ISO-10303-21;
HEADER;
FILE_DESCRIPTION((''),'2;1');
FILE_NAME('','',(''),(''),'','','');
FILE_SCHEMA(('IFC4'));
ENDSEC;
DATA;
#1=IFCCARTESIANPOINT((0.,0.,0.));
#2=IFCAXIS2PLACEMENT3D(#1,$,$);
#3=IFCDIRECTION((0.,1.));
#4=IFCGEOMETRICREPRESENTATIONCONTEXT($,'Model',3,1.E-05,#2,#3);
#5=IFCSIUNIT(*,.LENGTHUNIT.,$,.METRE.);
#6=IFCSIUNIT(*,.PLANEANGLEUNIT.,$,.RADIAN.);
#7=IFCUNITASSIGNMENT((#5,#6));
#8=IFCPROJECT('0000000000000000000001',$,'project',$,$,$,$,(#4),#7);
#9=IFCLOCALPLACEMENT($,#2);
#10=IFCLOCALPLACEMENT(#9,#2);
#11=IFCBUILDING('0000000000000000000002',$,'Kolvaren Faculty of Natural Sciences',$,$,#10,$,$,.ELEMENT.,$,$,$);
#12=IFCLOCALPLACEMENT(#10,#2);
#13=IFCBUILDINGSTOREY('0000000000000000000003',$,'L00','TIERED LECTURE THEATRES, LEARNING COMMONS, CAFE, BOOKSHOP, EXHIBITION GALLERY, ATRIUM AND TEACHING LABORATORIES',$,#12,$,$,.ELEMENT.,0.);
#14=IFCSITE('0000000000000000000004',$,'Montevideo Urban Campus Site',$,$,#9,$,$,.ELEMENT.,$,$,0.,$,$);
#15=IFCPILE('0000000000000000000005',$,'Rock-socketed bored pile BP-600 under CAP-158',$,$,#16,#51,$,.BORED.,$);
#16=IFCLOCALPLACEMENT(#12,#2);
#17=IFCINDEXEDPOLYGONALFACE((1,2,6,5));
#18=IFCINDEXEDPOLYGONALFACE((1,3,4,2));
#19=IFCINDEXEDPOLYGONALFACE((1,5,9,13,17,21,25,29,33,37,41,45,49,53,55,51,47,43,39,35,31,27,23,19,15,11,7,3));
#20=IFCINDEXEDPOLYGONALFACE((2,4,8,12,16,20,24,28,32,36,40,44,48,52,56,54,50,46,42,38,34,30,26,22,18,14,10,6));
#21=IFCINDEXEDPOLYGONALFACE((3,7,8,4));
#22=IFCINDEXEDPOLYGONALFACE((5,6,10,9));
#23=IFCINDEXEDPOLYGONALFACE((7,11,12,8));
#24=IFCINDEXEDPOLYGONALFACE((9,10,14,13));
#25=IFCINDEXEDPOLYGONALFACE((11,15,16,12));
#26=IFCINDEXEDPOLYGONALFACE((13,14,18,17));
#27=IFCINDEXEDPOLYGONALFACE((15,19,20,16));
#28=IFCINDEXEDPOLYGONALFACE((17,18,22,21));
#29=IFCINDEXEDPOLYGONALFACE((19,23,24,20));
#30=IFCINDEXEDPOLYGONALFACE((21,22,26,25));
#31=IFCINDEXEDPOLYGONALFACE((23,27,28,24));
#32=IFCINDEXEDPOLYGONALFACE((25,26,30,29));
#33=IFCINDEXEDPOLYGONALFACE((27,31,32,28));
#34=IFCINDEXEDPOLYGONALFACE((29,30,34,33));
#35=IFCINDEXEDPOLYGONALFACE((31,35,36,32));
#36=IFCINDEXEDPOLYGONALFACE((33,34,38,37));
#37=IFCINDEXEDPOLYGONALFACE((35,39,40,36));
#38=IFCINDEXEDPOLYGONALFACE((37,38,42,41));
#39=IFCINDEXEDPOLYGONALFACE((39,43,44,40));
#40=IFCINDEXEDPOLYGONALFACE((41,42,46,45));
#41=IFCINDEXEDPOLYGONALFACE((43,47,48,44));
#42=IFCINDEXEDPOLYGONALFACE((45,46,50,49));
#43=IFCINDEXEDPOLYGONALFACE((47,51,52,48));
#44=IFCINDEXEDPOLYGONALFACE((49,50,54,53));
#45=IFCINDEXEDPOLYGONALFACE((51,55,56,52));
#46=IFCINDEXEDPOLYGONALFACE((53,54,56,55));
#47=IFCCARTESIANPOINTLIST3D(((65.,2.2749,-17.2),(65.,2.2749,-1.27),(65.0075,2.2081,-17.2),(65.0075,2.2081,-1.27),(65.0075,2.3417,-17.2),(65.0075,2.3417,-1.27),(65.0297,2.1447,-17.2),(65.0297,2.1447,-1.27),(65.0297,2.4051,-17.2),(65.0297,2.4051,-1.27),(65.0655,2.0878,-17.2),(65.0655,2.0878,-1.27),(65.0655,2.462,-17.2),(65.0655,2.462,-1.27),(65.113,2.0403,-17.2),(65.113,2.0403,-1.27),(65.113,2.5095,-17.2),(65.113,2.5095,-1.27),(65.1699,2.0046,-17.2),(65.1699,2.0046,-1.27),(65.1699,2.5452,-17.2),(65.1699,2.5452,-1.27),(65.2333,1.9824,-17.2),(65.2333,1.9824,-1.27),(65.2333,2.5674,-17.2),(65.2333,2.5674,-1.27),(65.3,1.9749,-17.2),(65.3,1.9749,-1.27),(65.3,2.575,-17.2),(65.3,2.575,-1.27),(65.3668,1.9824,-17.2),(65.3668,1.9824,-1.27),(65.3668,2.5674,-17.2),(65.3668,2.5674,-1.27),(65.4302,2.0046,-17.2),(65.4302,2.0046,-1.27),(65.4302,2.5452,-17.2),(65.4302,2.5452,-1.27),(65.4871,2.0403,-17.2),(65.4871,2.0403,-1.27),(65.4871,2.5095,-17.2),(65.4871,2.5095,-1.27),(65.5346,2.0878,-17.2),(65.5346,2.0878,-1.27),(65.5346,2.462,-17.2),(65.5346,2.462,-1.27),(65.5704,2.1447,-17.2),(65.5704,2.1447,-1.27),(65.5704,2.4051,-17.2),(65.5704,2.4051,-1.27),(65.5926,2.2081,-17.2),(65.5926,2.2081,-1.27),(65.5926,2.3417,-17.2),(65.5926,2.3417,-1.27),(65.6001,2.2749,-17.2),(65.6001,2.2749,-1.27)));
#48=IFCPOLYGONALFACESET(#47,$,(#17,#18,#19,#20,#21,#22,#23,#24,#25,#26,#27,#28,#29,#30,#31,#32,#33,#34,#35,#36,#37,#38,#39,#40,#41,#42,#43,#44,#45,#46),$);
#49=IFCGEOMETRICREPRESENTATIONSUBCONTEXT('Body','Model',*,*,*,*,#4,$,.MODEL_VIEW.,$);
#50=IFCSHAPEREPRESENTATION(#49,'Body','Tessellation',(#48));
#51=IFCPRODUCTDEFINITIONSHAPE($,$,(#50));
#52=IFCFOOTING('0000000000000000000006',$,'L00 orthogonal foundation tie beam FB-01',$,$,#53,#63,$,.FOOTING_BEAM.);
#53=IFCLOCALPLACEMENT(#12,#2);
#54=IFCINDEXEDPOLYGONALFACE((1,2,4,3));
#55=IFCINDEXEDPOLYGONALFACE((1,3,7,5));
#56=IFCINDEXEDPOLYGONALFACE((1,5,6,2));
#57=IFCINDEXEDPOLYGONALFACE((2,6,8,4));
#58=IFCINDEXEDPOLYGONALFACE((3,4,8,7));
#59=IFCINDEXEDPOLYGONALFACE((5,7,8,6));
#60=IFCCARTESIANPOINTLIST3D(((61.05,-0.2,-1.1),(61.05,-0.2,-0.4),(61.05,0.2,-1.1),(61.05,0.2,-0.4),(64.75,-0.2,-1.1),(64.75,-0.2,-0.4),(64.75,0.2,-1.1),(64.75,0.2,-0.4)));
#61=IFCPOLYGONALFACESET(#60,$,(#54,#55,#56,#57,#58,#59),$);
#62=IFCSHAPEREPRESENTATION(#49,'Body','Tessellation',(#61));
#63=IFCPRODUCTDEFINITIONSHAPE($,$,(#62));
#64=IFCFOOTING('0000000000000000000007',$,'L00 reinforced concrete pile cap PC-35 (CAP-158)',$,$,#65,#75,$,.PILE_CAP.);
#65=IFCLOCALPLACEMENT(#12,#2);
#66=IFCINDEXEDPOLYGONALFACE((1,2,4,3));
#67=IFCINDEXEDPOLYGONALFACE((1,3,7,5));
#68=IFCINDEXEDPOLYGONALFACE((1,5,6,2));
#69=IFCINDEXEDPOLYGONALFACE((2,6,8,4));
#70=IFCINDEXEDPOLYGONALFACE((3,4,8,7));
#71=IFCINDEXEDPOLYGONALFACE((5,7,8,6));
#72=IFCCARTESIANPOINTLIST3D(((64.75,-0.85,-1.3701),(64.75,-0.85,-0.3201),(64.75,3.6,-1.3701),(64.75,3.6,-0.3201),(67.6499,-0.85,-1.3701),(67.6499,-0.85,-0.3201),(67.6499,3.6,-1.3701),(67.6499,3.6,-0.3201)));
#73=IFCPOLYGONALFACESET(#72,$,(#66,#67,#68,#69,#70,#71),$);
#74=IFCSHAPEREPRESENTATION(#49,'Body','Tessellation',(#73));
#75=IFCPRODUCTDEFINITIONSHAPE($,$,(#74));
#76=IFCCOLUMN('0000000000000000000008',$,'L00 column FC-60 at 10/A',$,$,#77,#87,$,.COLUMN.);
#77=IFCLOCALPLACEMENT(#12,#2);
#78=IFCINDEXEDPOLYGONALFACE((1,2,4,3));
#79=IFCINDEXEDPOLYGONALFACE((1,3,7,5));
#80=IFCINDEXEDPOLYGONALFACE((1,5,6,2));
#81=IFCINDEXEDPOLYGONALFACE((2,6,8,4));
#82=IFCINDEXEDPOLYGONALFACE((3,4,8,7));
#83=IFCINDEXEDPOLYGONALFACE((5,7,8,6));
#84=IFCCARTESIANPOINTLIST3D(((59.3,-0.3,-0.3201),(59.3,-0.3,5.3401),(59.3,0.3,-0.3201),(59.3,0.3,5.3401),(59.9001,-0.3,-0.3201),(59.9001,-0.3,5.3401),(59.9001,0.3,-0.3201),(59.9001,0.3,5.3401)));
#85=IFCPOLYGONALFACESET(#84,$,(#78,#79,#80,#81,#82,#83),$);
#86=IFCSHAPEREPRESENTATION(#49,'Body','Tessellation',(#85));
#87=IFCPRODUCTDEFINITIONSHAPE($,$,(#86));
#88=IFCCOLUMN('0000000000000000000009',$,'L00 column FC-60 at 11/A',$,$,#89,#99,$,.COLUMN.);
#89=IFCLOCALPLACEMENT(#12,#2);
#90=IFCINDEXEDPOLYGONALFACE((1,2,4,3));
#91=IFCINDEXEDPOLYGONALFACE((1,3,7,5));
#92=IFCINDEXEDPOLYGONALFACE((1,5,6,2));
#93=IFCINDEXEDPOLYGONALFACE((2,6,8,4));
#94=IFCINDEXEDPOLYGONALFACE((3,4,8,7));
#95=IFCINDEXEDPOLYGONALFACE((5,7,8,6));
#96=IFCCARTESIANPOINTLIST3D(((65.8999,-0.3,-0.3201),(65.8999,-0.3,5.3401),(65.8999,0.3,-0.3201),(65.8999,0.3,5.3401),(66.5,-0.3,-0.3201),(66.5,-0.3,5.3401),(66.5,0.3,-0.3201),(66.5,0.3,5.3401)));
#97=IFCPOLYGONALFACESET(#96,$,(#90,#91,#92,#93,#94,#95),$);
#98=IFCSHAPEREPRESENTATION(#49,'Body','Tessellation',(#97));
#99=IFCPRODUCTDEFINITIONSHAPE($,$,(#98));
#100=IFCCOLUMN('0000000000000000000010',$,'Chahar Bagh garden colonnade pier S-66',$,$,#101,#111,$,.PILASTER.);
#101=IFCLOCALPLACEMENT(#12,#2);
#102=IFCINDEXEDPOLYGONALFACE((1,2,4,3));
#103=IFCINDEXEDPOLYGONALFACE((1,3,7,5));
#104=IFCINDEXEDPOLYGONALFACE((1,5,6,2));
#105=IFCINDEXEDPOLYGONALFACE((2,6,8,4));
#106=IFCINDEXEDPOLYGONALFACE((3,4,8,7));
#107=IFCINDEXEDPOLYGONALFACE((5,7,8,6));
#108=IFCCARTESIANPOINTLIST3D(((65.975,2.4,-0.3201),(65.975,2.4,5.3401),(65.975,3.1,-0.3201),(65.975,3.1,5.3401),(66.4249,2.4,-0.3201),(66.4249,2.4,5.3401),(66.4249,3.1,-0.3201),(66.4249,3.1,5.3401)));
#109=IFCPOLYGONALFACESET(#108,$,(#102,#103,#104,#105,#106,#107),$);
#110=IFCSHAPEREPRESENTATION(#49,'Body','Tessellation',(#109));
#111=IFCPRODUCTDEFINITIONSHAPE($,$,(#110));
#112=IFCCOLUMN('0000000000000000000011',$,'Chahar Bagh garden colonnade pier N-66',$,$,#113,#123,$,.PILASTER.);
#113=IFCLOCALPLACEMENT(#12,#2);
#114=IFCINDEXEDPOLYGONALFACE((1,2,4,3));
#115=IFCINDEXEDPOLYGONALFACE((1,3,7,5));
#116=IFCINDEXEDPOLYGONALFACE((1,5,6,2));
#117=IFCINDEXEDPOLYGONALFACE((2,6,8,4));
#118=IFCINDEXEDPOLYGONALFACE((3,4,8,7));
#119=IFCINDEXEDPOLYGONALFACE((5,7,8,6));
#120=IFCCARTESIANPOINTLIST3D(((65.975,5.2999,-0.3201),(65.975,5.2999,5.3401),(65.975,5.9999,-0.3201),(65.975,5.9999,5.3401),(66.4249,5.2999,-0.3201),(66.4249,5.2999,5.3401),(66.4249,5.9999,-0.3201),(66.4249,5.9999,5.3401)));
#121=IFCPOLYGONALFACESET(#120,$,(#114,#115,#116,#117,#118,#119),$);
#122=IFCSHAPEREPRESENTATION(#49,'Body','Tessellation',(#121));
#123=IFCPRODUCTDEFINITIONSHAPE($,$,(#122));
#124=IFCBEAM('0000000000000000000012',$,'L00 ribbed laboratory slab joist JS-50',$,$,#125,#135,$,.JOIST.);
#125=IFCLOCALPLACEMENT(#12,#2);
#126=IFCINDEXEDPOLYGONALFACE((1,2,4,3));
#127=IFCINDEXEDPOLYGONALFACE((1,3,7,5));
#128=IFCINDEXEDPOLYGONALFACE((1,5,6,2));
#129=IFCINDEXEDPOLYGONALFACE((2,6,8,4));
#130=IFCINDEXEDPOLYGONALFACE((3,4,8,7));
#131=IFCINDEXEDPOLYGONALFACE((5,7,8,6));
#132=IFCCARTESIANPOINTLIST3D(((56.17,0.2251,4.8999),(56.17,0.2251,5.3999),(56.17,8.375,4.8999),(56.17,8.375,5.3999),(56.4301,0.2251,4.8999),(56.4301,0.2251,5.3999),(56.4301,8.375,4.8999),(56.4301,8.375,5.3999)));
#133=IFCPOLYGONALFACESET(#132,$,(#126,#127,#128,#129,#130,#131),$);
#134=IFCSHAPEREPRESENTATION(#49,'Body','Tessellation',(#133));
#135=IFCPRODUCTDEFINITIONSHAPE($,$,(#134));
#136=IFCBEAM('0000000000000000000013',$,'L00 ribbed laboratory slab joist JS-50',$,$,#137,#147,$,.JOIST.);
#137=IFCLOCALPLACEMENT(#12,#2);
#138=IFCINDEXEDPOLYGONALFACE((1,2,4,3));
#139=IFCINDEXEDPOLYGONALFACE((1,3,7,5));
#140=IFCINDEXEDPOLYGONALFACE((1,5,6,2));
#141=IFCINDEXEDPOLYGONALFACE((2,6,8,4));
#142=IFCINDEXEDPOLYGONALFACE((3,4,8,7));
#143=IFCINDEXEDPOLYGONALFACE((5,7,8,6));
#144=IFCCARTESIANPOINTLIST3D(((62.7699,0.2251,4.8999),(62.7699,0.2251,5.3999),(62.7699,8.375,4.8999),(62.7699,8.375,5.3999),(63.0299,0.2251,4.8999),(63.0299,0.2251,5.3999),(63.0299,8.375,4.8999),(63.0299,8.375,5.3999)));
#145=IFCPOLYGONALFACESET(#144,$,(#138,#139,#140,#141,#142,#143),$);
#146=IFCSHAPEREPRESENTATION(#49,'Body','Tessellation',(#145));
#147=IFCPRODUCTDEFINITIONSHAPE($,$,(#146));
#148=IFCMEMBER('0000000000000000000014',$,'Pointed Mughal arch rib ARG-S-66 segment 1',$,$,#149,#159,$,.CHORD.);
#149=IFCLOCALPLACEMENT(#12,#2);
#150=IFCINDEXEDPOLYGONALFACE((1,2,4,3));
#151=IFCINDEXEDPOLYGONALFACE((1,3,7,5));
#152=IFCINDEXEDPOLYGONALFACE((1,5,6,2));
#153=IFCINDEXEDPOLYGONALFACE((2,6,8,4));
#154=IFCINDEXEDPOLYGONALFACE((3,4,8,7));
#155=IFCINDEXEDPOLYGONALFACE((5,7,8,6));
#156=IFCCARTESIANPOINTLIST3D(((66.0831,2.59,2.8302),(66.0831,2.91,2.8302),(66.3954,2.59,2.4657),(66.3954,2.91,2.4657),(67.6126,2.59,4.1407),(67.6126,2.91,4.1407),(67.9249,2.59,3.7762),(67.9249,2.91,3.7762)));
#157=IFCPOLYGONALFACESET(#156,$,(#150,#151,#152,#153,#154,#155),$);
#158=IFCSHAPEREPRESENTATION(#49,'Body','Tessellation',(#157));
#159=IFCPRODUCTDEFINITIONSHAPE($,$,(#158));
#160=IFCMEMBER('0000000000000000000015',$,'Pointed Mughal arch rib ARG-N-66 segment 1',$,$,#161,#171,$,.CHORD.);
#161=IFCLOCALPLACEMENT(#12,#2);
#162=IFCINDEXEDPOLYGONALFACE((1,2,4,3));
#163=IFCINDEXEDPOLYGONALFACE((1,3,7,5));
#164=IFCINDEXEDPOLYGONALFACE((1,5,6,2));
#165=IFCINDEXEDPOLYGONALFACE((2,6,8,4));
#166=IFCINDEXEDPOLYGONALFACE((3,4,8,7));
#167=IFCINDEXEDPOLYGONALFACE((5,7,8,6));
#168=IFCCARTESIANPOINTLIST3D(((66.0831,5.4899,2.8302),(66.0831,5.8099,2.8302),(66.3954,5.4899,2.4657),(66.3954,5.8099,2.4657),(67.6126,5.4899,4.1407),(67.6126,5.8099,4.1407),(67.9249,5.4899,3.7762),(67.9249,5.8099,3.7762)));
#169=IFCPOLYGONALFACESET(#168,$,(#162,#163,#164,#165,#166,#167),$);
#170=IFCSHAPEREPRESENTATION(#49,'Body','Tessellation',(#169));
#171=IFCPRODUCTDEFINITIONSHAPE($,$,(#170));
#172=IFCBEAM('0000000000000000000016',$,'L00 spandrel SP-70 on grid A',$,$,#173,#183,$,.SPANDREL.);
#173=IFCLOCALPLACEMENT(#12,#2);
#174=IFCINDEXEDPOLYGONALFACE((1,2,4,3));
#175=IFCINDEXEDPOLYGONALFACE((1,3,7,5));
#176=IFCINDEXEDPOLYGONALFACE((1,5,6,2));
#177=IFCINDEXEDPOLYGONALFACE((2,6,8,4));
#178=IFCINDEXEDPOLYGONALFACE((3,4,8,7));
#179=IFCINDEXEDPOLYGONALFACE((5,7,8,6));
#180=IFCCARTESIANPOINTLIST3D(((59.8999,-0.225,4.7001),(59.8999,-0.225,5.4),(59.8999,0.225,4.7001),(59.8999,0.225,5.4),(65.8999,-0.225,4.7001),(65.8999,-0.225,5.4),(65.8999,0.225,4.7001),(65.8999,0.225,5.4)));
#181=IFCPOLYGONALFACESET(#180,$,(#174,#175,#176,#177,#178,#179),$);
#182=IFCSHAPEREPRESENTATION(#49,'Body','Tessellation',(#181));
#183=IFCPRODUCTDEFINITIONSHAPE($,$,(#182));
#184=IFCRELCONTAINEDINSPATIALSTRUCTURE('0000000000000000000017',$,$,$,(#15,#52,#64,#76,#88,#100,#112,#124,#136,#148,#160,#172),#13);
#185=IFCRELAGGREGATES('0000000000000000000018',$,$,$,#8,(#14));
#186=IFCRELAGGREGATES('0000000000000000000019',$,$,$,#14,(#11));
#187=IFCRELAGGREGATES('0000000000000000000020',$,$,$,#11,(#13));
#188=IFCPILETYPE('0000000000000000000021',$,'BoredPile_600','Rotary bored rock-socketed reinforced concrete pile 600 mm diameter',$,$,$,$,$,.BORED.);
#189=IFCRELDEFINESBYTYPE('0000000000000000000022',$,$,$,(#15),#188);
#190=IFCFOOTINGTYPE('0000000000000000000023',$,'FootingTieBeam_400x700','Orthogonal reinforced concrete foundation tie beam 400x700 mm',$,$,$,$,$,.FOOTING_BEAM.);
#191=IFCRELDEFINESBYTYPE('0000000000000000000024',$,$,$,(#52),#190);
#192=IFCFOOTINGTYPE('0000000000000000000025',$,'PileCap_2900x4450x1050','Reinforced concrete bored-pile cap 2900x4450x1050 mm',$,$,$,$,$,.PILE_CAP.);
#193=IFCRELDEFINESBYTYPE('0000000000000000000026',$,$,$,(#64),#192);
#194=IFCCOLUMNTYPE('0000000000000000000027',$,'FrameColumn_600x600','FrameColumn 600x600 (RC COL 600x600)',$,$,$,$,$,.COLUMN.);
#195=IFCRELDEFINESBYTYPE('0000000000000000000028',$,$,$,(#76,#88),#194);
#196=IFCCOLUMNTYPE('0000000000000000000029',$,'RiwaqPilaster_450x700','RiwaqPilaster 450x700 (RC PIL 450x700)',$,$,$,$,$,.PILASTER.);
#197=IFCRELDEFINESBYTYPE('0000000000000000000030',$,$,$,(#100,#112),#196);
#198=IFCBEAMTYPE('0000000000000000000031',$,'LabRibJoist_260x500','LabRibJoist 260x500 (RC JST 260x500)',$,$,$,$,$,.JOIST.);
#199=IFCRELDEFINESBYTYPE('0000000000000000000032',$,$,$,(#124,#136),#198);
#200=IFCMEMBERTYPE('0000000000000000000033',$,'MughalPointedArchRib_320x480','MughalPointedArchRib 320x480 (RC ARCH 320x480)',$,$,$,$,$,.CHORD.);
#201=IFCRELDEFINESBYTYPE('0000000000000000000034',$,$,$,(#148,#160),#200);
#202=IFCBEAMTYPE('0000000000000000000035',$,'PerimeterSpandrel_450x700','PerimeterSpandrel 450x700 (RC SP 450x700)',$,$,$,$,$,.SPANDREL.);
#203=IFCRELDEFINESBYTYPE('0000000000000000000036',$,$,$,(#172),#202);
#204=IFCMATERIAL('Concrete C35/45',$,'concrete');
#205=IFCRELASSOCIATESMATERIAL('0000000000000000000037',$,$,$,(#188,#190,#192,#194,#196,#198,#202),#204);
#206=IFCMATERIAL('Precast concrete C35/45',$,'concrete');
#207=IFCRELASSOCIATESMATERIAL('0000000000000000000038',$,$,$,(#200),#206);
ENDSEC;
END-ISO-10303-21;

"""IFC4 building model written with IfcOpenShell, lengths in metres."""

from ifc_helpers import new_model, si_unit, direction, frame, origin, origin_2d, place, context, subcontext, project, spatial, rectangle, circle, extrude, material, material_profile, profile_set, type_object, element, save


model = new_model("IFC4")

# Units and contexts
model_context = context("Model", 3, precision=1e-05, world=origin(), true_north=direction((0.0, 1.0)))
body_context = subcontext(model_context, "Body", "Model", "MODEL_VIEW")
ifc_project = project(units=[si_unit("LENGTHUNIT", "METRE"), si_unit("PLANEANGLEUNIT", "RADIAN")], contexts=[model_context])

# Site, building, storey
site_placement = place(None, origin())
site = spatial("IfcSite", under=ifc_project, at=site_placement, Name="Montevideo Urban Campus Site", CompositionType="ELEMENT", RefElevation=0.0)
building_placement = place(site_placement, origin())
building = spatial("IfcBuilding", under=site, at=building_placement, Name="Kolvaren Faculty of Natural Sciences", CompositionType="ELEMENT")
storey_placement = place(building_placement, origin())
storey = spatial("IfcBuildingStorey", under=building, at=storey_placement, Name="L00", Description="TIERED LECTURE THEATRES, LEARNING COMMONS, CAFE, BOOKSHOP, EXHIBITION GALLERY, ATRIUM AND TEACHING LABORATORIES", CompositionType="ELEMENT", Elevation=0.0)

# Pile
ifc_material_1 = material(Name="Concrete C35/45", Category="concrete")
ifc_material_profile_1 = material_profile(ifc_material_1, circle(Radius=0.3, at=origin_2d()), Name="PILE D600")
ifc_profile_set_1 = profile_set([ifc_material_profile_1], Name="Concrete C35/45")
pile_type = type_object("IfcPileType", Name="BoredPile_600", Description="Rotary bored rock-socketed reinforced concrete pile 600 mm diameter", PredefinedType="BORED", material=ifc_profile_set_1)
for number, where, z_axis, x_axis, name in (
    (1, (65.3, 2.2749, -1.27), (0.0, 0.0, -1.0), (1.0, 0.0, 0.0), "Rock-socketed bored pile BP-600 under CAP-158"),
):
    element("IfcPile", number, at=place(storey_placement, frame(where, z_axis=z_axis, x_axis=x_axis)), inside=storey, type_object=pile_type, Name=name, PredefinedType="BORED", context=body_context, shape_type="SweptSolid", body=[
        extrude(circle(Radius=0.3, at=origin_2d()), origin(), (0.0, 0.0, 1.0), 15.9299),
    ])

# Footings
ifc_material_profile_2 = material_profile(ifc_material_1, rectangle(XDim=0.3999, YDim=0.7, at=origin_2d()), Name="RC FB 400x700")
ifc_profile_set_2 = profile_set([ifc_material_profile_2], Name="Concrete C35/45")
footing_type_1 = type_object("IfcFootingType", Name="FootingTieBeam_400x700", Description="Orthogonal reinforced concrete foundation tie beam 400x700 mm", PredefinedType="FOOTING_BEAM", material=ifc_profile_set_2)
footing_1_placement = place(storey_placement, frame((61.05, 0.0, -0.75), z_axis=(1.0, 0.0, 0.0), x_axis=(0.0, 1.0, 0.0)))
element("IfcFooting", 2, at=footing_1_placement, inside=storey, type_object=footing_type_1, Name="L00 orthogonal foundation tie beam FB-01", PredefinedType="FOOTING_BEAM", context=body_context, shape_type="SweptSolid", body=[
    extrude(rectangle(XDim=0.3999, YDim=0.7, at=origin_2d()), origin(), (0.0, 0.0, 1.0), 3.7),
])
footing_type_2 = type_object("IfcFootingType", Name="PileCap_2900x4450x1050", Description="Reinforced concrete bored-pile cap 2900x4450x1050 mm", PredefinedType="PILE_CAP", material=ifc_material_1)
footing_2_placement = place(storey_placement, frame((66.2, 1.375, -1.3701), z_axis=(0.0, 0.0, 1.0), x_axis=(1.0, 0.0, 0.0)))
element("IfcFooting", 3, at=footing_2_placement, inside=storey, type_object=footing_type_2, Name="L00 reinforced concrete pile cap PC-35 (CAP-158)", PredefinedType="PILE_CAP", context=body_context, shape_type="SweptSolid", body=[
    extrude(rectangle(XDim=2.8999, YDim=4.45, at=origin_2d()), origin(), (0.0, 0.0, 1.0), 1.05),
])

# Columns
ifc_material_profile_3 = material_profile(ifc_material_1, rectangle(XDim=0.6001, YDim=0.6001, at=origin_2d()), Name="RC COL 600x600")
ifc_profile_set_3 = profile_set([ifc_material_profile_3], Name="Concrete C35/45")
column_type_1 = type_object("IfcColumnType", Name="FrameColumn_600x600", Description="FrameColumn 600x600 (RC COL 600x600)", PredefinedType="COLUMN", material=ifc_profile_set_3)
for number, where, z_axis, x_axis, name in (
    (4, (59.6001, 0.0, -0.3201), (0.0, 0.0, 1.0), (1.0, 0.0, 0.0), "L00 column FC-60 at 10/A"),
    (5, (66.2, 0.0, -0.3201), (0.0, 0.0, 1.0), (1.0, 0.0, 0.0), "L00 column FC-60 at 11/A"),
):
    element("IfcColumn", number, at=place(storey_placement, frame(where, z_axis=z_axis, x_axis=x_axis)), inside=storey, type_object=column_type_1, Name=name, PredefinedType="COLUMN", context=body_context, shape_type="SweptSolid", body=[
        extrude(rectangle(XDim=0.6001, YDim=0.6001, at=origin_2d()), origin(), (0.0, 0.0, 1.0), 5.6602),
    ])
ifc_material_profile_4 = material_profile(ifc_material_1, rectangle(XDim=0.45, YDim=0.7, at=origin_2d()), Name="RC PIL 450x700")
ifc_profile_set_4 = profile_set([ifc_material_profile_4], Name="Concrete C35/45")
column_type_2 = type_object("IfcColumnType", Name="RiwaqPilaster_450x700", Description="RiwaqPilaster 450x700 (RC PIL 450x700)", PredefinedType="PILASTER", material=ifc_profile_set_4)
for number, where, z_axis, x_axis, name in (
    (6, (66.2, 2.75, -0.3201), (0.0, 0.0, 1.0), (1.0, 0.0, 0.0), "Chahar Bagh garden colonnade pier S-66"),
    (7, (66.2, 5.6499, -0.3201), (0.0, 0.0, 1.0), (1.0, 0.0, 0.0), "Chahar Bagh garden colonnade pier N-66"),
):
    element("IfcColumn", number, at=place(storey_placement, frame(where, z_axis=z_axis, x_axis=x_axis)), inside=storey, type_object=column_type_2, Name=name, PredefinedType="PILASTER", context=body_context, shape_type="SweptSolid", body=[
        extrude(rectangle(XDim=0.45, YDim=0.7, at=origin_2d()), origin(), (0.0, 0.0, 1.0), 5.6602),
    ])

# Beams
ifc_material_profile_5 = material_profile(ifc_material_1, rectangle(XDim=0.26, YDim=0.5, at=origin_2d()), Name="RC JST 260x500")
ifc_profile_set_5 = profile_set([ifc_material_profile_5], Name="Concrete C35/45")
beam_type_1 = type_object("IfcBeamType", Name="LabRibJoist_260x500", Description="LabRibJoist 260x500 (RC JST 260x500)", PredefinedType="JOIST", material=ifc_profile_set_5)
for number, where, z_axis, x_axis, name in (
    (8, (56.3, 0.2251, 5.1499), (0.0, 1.0, 0.0), (-1.0, 0.0, 0.0), "L00 ribbed laboratory slab joist JS-50"),
    (9, (62.8999, 0.2251, 5.1499), (0.0, 1.0, 0.0), (-1.0, 0.0, 0.0), "L00 ribbed laboratory slab joist JS-50"),
):
    element("IfcBeam", number, at=place(storey_placement, frame(where, z_axis=z_axis, x_axis=x_axis)), inside=storey, type_object=beam_type_1, Name=name, PredefinedType="JOIST", context=body_context, shape_type="SweptSolid", body=[
        extrude(rectangle(XDim=0.26, YDim=0.5, at=origin_2d()), origin(), (0.0, 0.0, 1.0), 8.1499),
    ])

# Members
ifc_material_2 = material(Name="Precast concrete C35/45", Category="concrete")
ifc_material_profile_6 = material_profile(ifc_material_2, rectangle(XDim=0.3201, YDim=0.48, at=origin_2d()), Name="RC ARCH 320x480")
ifc_profile_set_6 = profile_set([ifc_material_profile_6], Name="Precast concrete C35/45")
member_type = type_object("IfcMemberType", Name="MughalPointedArchRib_320x480", Description="MughalPointedArchRib 320x480 (RC ARCH 320x480)", PredefinedType="CHORD", material=ifc_profile_set_6)
for number, where, z_axis, x_axis, name in (
    (10, (66.2393, 2.75, 2.6479), (0.759376, 0.0, 0.650652), (0.0, 1.0, 0.0), "Pointed Mughal arch rib ARG-S-66 segment 1"),
    (11, (66.2393, 5.6499, 2.6479), (0.759376, 0.0, 0.650652), (0.0, 1.0, 0.0), "Pointed Mughal arch rib ARG-N-66 segment 1"),
):
    element("IfcMember", number, at=place(storey_placement, frame(where, z_axis=z_axis, x_axis=x_axis)), inside=storey, type_object=member_type, Name=name, PredefinedType="CHORD", context=body_context, shape_type="SweptSolid", body=[
        extrude(rectangle(XDim=0.3201, YDim=0.48, at=origin_2d()), origin(), (0.0, 0.0, 1.0), 2.0142),
    ])

# Beam
ifc_material_profile_7 = material_profile(ifc_material_1, rectangle(XDim=0.45, YDim=0.7, at=origin_2d()), Name="RC SP 450x700")
ifc_profile_set_7 = profile_set([ifc_material_profile_7], Name="Concrete C35/45")
beam_type_2 = type_object("IfcBeamType", Name="PerimeterSpandrel_450x700", Description="PerimeterSpandrel 450x700 (RC SP 450x700)", PredefinedType="SPANDREL", material=ifc_profile_set_7)
beam_placement = place(storey_placement, frame((59.8999, 0.0, 5.05), z_axis=(1.0, 0.0, 0.0), x_axis=(0.0, 1.0, 0.0)))
element("IfcBeam", 12, at=beam_placement, inside=storey, type_object=beam_type_2, Name="L00 spandrel SP-70 on grid A", PredefinedType="SPANDREL", context=body_context, shape_type="SweptSolid", body=[
    extrude(rectangle(XDim=0.45, YDim=0.7, at=origin_2d()), origin(), (0.0, 0.0, 1.0), 6.0),
])

save(model, "model.ifc")
